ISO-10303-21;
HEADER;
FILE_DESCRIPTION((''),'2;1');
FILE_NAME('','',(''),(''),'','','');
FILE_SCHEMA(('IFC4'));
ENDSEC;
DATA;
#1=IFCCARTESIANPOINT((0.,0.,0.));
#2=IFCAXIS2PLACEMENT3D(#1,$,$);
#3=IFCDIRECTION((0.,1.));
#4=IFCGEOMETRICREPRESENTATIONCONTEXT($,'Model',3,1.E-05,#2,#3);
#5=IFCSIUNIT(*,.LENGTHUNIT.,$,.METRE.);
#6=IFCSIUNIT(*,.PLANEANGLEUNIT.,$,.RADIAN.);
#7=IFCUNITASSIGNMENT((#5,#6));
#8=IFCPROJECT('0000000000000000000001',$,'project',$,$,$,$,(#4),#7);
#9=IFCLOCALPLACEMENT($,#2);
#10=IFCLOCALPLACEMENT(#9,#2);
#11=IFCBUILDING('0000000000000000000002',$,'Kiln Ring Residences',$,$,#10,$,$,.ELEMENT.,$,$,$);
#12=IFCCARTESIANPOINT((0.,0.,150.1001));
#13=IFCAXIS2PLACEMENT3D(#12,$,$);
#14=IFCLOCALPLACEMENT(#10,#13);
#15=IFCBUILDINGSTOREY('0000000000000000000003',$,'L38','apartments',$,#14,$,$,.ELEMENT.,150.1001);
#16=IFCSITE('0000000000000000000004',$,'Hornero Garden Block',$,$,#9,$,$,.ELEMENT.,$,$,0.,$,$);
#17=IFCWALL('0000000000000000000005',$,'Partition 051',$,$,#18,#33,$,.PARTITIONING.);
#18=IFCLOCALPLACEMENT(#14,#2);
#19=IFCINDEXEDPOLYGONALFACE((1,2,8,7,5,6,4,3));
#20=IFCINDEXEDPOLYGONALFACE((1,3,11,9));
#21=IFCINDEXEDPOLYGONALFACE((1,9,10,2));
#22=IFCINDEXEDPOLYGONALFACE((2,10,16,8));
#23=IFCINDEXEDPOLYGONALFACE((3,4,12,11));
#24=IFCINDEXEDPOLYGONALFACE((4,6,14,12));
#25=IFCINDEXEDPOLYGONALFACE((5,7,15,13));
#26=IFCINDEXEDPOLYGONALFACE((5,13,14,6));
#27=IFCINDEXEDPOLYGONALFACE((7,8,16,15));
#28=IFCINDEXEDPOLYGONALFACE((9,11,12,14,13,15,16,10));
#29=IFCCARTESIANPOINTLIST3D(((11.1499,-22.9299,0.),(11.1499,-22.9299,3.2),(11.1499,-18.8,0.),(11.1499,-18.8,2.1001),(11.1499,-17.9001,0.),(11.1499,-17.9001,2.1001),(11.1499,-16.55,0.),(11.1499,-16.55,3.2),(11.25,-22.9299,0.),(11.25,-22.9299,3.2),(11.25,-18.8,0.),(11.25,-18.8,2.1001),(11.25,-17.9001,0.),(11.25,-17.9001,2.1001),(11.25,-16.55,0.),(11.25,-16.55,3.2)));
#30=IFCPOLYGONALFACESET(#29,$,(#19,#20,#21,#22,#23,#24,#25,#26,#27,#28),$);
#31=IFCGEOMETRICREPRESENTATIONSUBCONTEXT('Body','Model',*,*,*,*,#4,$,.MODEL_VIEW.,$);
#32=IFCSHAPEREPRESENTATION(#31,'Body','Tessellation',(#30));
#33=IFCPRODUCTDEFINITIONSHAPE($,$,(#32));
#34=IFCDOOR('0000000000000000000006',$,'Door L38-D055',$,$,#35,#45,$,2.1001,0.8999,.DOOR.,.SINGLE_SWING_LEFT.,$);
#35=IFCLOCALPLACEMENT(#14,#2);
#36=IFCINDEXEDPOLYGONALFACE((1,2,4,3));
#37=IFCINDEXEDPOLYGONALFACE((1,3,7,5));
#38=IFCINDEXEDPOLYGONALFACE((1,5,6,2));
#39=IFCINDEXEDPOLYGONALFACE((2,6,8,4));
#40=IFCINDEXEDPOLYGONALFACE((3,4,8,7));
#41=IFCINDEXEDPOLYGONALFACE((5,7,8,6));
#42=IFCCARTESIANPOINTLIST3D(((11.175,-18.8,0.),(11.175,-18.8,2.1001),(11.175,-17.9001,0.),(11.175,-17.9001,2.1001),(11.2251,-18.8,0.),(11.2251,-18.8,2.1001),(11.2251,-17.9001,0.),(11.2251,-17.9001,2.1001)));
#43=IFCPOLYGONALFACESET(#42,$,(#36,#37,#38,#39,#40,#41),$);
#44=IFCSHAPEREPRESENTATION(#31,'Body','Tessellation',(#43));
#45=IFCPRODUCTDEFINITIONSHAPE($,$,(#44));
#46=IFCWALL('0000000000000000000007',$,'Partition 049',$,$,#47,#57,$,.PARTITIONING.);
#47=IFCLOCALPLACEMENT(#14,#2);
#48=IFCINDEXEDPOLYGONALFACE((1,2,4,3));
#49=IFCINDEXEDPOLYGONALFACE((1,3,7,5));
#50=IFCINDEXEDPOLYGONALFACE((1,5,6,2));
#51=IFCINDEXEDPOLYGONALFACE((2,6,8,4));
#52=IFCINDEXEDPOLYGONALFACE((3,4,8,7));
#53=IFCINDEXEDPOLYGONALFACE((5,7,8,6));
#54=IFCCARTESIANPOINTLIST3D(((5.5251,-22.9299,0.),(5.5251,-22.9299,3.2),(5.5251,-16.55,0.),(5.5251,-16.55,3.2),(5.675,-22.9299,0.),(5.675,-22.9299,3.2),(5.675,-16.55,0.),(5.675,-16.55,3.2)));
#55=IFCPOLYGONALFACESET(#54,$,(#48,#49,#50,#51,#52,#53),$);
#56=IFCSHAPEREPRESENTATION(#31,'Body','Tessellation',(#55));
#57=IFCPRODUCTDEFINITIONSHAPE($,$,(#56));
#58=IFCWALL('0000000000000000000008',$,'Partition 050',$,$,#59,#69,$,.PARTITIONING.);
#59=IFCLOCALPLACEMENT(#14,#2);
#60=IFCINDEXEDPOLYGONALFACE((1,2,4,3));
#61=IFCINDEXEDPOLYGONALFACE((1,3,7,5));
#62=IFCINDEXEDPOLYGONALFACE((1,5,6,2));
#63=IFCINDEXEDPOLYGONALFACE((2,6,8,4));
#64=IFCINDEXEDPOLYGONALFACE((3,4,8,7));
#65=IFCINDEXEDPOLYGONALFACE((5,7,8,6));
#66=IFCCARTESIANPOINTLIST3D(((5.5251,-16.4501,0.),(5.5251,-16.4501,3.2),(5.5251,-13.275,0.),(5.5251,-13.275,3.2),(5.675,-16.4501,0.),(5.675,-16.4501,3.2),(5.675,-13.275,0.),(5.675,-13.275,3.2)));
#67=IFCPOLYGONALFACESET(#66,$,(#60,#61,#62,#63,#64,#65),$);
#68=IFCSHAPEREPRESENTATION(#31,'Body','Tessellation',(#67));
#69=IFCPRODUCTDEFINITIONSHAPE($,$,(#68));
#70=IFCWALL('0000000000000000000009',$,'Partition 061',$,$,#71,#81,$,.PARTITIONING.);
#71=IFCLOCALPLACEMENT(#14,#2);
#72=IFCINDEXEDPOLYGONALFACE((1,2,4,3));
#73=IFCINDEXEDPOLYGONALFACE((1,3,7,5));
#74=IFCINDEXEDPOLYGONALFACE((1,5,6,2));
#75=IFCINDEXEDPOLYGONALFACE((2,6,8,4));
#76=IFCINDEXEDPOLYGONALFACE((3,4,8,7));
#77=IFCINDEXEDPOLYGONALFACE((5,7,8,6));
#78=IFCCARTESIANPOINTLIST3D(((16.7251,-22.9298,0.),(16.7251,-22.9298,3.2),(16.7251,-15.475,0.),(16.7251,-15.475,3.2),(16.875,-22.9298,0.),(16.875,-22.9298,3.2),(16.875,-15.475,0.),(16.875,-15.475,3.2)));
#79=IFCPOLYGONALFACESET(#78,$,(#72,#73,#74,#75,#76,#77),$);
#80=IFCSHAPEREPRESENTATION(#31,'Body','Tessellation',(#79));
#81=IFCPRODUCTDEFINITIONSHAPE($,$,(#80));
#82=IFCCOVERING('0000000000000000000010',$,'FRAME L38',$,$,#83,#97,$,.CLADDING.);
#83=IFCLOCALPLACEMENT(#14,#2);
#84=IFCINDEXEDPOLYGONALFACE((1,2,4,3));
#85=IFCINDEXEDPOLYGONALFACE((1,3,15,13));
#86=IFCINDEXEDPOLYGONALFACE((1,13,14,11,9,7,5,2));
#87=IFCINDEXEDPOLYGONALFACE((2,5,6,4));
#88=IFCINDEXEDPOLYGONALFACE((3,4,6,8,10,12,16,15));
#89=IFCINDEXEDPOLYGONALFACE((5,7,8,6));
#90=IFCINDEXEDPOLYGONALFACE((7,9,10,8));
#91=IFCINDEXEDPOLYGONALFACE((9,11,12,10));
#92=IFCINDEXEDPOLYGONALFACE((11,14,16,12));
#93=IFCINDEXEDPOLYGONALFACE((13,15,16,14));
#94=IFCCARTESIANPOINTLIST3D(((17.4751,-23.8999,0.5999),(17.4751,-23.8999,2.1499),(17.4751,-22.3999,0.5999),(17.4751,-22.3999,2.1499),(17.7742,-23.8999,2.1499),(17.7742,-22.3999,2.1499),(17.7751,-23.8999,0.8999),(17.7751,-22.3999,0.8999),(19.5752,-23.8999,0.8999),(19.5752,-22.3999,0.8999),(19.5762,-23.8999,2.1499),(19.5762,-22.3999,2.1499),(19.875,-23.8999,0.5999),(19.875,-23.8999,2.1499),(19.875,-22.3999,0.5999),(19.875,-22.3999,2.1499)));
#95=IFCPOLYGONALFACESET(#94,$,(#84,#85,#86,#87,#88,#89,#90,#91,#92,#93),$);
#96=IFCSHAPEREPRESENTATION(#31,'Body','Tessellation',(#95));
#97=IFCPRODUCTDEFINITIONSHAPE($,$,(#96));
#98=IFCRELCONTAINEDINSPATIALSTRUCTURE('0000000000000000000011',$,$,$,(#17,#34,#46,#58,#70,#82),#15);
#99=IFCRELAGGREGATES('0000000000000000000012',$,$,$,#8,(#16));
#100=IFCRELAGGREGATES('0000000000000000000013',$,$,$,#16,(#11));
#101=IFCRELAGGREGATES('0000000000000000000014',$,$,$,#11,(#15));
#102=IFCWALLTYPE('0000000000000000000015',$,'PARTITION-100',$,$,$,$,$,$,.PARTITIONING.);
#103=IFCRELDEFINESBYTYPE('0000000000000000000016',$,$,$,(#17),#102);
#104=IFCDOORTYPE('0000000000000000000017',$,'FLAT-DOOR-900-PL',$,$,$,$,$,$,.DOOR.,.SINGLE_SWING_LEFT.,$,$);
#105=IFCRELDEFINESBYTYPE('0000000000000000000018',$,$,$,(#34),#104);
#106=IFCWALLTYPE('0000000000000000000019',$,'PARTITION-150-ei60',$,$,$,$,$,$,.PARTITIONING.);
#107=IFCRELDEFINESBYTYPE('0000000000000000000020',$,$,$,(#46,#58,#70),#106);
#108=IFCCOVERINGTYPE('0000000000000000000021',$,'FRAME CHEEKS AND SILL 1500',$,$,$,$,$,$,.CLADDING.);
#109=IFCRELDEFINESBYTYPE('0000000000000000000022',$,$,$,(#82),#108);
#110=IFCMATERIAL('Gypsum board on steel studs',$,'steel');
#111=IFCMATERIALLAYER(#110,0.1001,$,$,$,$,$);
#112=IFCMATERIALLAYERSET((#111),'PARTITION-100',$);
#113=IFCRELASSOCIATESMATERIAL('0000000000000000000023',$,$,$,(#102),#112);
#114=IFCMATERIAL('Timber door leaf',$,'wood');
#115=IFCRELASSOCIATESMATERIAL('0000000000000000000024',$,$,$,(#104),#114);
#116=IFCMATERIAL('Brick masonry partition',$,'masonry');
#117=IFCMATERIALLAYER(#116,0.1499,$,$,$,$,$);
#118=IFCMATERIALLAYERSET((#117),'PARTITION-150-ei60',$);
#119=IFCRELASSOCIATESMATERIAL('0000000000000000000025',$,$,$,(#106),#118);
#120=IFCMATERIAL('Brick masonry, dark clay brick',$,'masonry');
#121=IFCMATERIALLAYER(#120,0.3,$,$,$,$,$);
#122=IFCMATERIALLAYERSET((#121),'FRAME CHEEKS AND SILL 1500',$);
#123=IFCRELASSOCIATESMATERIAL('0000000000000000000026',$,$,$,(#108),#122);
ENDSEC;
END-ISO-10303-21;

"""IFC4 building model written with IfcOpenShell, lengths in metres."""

from ifc_helpers import new_model, si_unit, direction, frame, frame_2d, origin, place, context, subcontext, project, spatial, polyline, rectangle, outline, extrude, material, layer, layer_set, type_object, element, fill, save


model = new_model("IFC4")

# Units and contexts
model_context = context("Model", 3, precision=1e-05, world=origin(), true_north=direction((0.0, 1.0)))
body_context = subcontext(model_context, "Body", "Model", "MODEL_VIEW")
ifc_project = project(units=[si_unit("LENGTHUNIT", "METRE"), si_unit("PLANEANGLEUNIT", "RADIAN")], contexts=[model_context])

# Site, building, storey
site_placement = place(None, origin())
site = spatial("IfcSite", under=ifc_project, at=site_placement, Name="Hornero Garden Block", CompositionType="ELEMENT", RefElevation=0.0)
building_placement = place(site_placement, origin())
building = spatial("IfcBuilding", under=site, at=building_placement, Name="Kiln Ring Residences", CompositionType="ELEMENT")
storey_placement = place(building_placement, frame((0.0, 0.0, 150.1001)))
storey = spatial("IfcBuildingStorey", under=building, at=storey_placement, Name="L38", Description="apartments", CompositionType="ELEMENT", Elevation=150.1001)

# Shared definitions
ifc_material_1 = material(Name="Gypsum board on steel studs", Category="steel")
ifc_layer_1 = layer(ifc_material_1, 0.1001)
ifc_layer_set_1 = layer_set([ifc_layer_1], Name="PARTITION-100")
wall_type_1 = type_object("IfcWallType", Name="PARTITION-100", PredefinedType="PARTITIONING", material=ifc_layer_set_1)
ifc_material_2 = material(Name="Timber door leaf", Category="wood")
door_type_1 = type_object("IfcDoorType", Name="FLAT-DOOR-900-PL", OperationType="SINGLE_SWING_LEFT", PredefinedType="DOOR", material=ifc_material_2)

# Wall, opening, door
wall_1_placement = place(storey_placement, frame((11.2, -22.9299, 0.0), z_axis=(0.0, 0.0, 1.0), x_axis=(0.0, 1.0, 0.0)))
wall_1 = element("IfcWall", 1, at=wall_1_placement, inside=storey, type_object=wall_type_1, Name="Partition 051", PredefinedType="PARTITIONING", context=body_context, shape_type="SweptSolid", body=[
    extrude(rectangle(XDim=6.3799, YDim=0.1001, at=frame_2d((3.1899, 0.0))), origin(), (0.0, 0.0, 1.0), 3.2),
])
opening_1_placement = place(wall_1_placement, frame((4.1299, 0.0, 0.0)))
opening_1 = element("IfcOpeningElement", 2, at=opening_1_placement, cuts=wall_1, PredefinedType="OPENING", context=body_context, shape_type="SweptSolid", body=[
    extrude(rectangle(XDim=0.8999, YDim=2.1001, at=frame_2d((0.45, 1.05))), frame((0.0, 0.0601, 0.0), z_axis=(0.0, -1.0, 0.0), x_axis=(1.0, 0.0, 0.0)), (0.0, 0.0, 1.0), 0.1201),
])
door_1_placement = place(opening_1_placement, origin())
door_1 = element("IfcDoor", 3, at=door_1_placement, inside=storey, type_object=door_type_1, Name="Door L38-D055", OperationType="SINGLE_SWING_LEFT", OverallHeight=2.1001, OverallWidth=0.8999, PredefinedType="DOOR", context=body_context, shape_type="SweptSolid", body=[
    extrude(rectangle(XDim=0.8999, YDim=2.1001, at=frame_2d((0.45, 1.05))), frame((0.0, 0.0249, 0.0), z_axis=(0.0, -1.0, 0.0), x_axis=(1.0, 0.0, 0.0)), (0.0, 0.0, 1.0), 0.05),
])
fill(opening_1, door_1)

# Walls
ifc_material_3 = material(Name="Brick masonry partition", Category="masonry")
ifc_layer_2 = layer(ifc_material_3, 0.1499)
ifc_layer_set_2 = layer_set([ifc_layer_2], Name="PARTITION-150-ei60")
wall_type_2 = type_object("IfcWallType", Name="PARTITION-150-ei60", PredefinedType="PARTITIONING", material=ifc_layer_set_2)
wall_2_placement = place(storey_placement, frame((5.6001, -22.9299, 0.0), z_axis=(0.0, 0.0, 1.0), x_axis=(0.0, 1.0, 0.0)))
element("IfcWall", 4, at=wall_2_placement, inside=storey, type_object=wall_type_2, Name="Partition 049", PredefinedType="PARTITIONING", context=body_context, shape_type="SweptSolid", body=[
    extrude(rectangle(XDim=6.3799, YDim=0.1499, at=frame_2d((3.1899, 0.0))), origin(), (0.0, 0.0, 1.0), 3.2),
])
wall_3_placement = place(storey_placement, frame((5.6001, -16.45, 0.0), z_axis=(0.0, 0.0, 1.0), x_axis=(0.0, 1.0, 0.0)))
element("IfcWall", 5, at=wall_3_placement, inside=storey, type_object=wall_type_2, Name="Partition 050", PredefinedType="PARTITIONING", context=body_context, shape_type="SweptSolid", body=[
    extrude(rectangle(XDim=3.175, YDim=0.1499, at=frame_2d((1.5874, 0.0))), origin(), (0.0, 0.0, 1.0), 3.2),
])
wall_4_placement = place(storey_placement, frame((16.8, -22.9299, 0.0), z_axis=(0.0, 0.0, 1.0), x_axis=(0.0, 1.0, 0.0)))
element("IfcWall", 6, at=wall_4_placement, inside=storey, type_object=wall_type_2, Name="Partition 061", PredefinedType="PARTITIONING", context=body_context, shape_type="SweptSolid", body=[
    extrude(rectangle(XDim=7.4548, YDim=0.1499, at=frame_2d((3.7275, 0.0))), origin(), (0.0, 0.0, 1.0), 3.2),
])

# Covering
ifc_material_4 = material(Name="Brick masonry, dark clay brick", Category="masonry")
ifc_layer_3 = layer(ifc_material_4, 0.3)
ifc_layer_set_3 = layer_set([ifc_layer_3], Name="FRAME CHEEKS AND SILL 1500")
covering_type = type_object("IfcCoveringType", Name="FRAME CHEEKS AND SILL 1500", PredefinedType="CLADDING", material=ifc_layer_set_3)
covering_placement = place(storey_placement, frame((17.4751, -23.1499, 0.5999), z_axis=(0.0, 0.0, 1.0), x_axis=(1.0, 0.0, 0.0)))
element("IfcCovering", 7, at=covering_placement, inside=storey, type_object=covering_type, Name="FRAME L38", PredefinedType="CLADDING", context=body_context, shape_type="SweptSolid", body=[
    extrude(outline(polyline([(0.0, 0.0), (2.3999, 0.0), (2.3999, 1.55), (2.1011, 1.55), (2.1001, 0.3), (0.3, 0.3), (0.2991, 1.55), (0.0, 1.55), (0.0, 0.0)])), frame((0.0, 0.75, 0.0), z_axis=(0.0, -1.0, 0.0), x_axis=(1.0, 0.0, 0.0)), (0.0, 0.0, 1.0), 1.5),
])

save(model, "model.ifc")
